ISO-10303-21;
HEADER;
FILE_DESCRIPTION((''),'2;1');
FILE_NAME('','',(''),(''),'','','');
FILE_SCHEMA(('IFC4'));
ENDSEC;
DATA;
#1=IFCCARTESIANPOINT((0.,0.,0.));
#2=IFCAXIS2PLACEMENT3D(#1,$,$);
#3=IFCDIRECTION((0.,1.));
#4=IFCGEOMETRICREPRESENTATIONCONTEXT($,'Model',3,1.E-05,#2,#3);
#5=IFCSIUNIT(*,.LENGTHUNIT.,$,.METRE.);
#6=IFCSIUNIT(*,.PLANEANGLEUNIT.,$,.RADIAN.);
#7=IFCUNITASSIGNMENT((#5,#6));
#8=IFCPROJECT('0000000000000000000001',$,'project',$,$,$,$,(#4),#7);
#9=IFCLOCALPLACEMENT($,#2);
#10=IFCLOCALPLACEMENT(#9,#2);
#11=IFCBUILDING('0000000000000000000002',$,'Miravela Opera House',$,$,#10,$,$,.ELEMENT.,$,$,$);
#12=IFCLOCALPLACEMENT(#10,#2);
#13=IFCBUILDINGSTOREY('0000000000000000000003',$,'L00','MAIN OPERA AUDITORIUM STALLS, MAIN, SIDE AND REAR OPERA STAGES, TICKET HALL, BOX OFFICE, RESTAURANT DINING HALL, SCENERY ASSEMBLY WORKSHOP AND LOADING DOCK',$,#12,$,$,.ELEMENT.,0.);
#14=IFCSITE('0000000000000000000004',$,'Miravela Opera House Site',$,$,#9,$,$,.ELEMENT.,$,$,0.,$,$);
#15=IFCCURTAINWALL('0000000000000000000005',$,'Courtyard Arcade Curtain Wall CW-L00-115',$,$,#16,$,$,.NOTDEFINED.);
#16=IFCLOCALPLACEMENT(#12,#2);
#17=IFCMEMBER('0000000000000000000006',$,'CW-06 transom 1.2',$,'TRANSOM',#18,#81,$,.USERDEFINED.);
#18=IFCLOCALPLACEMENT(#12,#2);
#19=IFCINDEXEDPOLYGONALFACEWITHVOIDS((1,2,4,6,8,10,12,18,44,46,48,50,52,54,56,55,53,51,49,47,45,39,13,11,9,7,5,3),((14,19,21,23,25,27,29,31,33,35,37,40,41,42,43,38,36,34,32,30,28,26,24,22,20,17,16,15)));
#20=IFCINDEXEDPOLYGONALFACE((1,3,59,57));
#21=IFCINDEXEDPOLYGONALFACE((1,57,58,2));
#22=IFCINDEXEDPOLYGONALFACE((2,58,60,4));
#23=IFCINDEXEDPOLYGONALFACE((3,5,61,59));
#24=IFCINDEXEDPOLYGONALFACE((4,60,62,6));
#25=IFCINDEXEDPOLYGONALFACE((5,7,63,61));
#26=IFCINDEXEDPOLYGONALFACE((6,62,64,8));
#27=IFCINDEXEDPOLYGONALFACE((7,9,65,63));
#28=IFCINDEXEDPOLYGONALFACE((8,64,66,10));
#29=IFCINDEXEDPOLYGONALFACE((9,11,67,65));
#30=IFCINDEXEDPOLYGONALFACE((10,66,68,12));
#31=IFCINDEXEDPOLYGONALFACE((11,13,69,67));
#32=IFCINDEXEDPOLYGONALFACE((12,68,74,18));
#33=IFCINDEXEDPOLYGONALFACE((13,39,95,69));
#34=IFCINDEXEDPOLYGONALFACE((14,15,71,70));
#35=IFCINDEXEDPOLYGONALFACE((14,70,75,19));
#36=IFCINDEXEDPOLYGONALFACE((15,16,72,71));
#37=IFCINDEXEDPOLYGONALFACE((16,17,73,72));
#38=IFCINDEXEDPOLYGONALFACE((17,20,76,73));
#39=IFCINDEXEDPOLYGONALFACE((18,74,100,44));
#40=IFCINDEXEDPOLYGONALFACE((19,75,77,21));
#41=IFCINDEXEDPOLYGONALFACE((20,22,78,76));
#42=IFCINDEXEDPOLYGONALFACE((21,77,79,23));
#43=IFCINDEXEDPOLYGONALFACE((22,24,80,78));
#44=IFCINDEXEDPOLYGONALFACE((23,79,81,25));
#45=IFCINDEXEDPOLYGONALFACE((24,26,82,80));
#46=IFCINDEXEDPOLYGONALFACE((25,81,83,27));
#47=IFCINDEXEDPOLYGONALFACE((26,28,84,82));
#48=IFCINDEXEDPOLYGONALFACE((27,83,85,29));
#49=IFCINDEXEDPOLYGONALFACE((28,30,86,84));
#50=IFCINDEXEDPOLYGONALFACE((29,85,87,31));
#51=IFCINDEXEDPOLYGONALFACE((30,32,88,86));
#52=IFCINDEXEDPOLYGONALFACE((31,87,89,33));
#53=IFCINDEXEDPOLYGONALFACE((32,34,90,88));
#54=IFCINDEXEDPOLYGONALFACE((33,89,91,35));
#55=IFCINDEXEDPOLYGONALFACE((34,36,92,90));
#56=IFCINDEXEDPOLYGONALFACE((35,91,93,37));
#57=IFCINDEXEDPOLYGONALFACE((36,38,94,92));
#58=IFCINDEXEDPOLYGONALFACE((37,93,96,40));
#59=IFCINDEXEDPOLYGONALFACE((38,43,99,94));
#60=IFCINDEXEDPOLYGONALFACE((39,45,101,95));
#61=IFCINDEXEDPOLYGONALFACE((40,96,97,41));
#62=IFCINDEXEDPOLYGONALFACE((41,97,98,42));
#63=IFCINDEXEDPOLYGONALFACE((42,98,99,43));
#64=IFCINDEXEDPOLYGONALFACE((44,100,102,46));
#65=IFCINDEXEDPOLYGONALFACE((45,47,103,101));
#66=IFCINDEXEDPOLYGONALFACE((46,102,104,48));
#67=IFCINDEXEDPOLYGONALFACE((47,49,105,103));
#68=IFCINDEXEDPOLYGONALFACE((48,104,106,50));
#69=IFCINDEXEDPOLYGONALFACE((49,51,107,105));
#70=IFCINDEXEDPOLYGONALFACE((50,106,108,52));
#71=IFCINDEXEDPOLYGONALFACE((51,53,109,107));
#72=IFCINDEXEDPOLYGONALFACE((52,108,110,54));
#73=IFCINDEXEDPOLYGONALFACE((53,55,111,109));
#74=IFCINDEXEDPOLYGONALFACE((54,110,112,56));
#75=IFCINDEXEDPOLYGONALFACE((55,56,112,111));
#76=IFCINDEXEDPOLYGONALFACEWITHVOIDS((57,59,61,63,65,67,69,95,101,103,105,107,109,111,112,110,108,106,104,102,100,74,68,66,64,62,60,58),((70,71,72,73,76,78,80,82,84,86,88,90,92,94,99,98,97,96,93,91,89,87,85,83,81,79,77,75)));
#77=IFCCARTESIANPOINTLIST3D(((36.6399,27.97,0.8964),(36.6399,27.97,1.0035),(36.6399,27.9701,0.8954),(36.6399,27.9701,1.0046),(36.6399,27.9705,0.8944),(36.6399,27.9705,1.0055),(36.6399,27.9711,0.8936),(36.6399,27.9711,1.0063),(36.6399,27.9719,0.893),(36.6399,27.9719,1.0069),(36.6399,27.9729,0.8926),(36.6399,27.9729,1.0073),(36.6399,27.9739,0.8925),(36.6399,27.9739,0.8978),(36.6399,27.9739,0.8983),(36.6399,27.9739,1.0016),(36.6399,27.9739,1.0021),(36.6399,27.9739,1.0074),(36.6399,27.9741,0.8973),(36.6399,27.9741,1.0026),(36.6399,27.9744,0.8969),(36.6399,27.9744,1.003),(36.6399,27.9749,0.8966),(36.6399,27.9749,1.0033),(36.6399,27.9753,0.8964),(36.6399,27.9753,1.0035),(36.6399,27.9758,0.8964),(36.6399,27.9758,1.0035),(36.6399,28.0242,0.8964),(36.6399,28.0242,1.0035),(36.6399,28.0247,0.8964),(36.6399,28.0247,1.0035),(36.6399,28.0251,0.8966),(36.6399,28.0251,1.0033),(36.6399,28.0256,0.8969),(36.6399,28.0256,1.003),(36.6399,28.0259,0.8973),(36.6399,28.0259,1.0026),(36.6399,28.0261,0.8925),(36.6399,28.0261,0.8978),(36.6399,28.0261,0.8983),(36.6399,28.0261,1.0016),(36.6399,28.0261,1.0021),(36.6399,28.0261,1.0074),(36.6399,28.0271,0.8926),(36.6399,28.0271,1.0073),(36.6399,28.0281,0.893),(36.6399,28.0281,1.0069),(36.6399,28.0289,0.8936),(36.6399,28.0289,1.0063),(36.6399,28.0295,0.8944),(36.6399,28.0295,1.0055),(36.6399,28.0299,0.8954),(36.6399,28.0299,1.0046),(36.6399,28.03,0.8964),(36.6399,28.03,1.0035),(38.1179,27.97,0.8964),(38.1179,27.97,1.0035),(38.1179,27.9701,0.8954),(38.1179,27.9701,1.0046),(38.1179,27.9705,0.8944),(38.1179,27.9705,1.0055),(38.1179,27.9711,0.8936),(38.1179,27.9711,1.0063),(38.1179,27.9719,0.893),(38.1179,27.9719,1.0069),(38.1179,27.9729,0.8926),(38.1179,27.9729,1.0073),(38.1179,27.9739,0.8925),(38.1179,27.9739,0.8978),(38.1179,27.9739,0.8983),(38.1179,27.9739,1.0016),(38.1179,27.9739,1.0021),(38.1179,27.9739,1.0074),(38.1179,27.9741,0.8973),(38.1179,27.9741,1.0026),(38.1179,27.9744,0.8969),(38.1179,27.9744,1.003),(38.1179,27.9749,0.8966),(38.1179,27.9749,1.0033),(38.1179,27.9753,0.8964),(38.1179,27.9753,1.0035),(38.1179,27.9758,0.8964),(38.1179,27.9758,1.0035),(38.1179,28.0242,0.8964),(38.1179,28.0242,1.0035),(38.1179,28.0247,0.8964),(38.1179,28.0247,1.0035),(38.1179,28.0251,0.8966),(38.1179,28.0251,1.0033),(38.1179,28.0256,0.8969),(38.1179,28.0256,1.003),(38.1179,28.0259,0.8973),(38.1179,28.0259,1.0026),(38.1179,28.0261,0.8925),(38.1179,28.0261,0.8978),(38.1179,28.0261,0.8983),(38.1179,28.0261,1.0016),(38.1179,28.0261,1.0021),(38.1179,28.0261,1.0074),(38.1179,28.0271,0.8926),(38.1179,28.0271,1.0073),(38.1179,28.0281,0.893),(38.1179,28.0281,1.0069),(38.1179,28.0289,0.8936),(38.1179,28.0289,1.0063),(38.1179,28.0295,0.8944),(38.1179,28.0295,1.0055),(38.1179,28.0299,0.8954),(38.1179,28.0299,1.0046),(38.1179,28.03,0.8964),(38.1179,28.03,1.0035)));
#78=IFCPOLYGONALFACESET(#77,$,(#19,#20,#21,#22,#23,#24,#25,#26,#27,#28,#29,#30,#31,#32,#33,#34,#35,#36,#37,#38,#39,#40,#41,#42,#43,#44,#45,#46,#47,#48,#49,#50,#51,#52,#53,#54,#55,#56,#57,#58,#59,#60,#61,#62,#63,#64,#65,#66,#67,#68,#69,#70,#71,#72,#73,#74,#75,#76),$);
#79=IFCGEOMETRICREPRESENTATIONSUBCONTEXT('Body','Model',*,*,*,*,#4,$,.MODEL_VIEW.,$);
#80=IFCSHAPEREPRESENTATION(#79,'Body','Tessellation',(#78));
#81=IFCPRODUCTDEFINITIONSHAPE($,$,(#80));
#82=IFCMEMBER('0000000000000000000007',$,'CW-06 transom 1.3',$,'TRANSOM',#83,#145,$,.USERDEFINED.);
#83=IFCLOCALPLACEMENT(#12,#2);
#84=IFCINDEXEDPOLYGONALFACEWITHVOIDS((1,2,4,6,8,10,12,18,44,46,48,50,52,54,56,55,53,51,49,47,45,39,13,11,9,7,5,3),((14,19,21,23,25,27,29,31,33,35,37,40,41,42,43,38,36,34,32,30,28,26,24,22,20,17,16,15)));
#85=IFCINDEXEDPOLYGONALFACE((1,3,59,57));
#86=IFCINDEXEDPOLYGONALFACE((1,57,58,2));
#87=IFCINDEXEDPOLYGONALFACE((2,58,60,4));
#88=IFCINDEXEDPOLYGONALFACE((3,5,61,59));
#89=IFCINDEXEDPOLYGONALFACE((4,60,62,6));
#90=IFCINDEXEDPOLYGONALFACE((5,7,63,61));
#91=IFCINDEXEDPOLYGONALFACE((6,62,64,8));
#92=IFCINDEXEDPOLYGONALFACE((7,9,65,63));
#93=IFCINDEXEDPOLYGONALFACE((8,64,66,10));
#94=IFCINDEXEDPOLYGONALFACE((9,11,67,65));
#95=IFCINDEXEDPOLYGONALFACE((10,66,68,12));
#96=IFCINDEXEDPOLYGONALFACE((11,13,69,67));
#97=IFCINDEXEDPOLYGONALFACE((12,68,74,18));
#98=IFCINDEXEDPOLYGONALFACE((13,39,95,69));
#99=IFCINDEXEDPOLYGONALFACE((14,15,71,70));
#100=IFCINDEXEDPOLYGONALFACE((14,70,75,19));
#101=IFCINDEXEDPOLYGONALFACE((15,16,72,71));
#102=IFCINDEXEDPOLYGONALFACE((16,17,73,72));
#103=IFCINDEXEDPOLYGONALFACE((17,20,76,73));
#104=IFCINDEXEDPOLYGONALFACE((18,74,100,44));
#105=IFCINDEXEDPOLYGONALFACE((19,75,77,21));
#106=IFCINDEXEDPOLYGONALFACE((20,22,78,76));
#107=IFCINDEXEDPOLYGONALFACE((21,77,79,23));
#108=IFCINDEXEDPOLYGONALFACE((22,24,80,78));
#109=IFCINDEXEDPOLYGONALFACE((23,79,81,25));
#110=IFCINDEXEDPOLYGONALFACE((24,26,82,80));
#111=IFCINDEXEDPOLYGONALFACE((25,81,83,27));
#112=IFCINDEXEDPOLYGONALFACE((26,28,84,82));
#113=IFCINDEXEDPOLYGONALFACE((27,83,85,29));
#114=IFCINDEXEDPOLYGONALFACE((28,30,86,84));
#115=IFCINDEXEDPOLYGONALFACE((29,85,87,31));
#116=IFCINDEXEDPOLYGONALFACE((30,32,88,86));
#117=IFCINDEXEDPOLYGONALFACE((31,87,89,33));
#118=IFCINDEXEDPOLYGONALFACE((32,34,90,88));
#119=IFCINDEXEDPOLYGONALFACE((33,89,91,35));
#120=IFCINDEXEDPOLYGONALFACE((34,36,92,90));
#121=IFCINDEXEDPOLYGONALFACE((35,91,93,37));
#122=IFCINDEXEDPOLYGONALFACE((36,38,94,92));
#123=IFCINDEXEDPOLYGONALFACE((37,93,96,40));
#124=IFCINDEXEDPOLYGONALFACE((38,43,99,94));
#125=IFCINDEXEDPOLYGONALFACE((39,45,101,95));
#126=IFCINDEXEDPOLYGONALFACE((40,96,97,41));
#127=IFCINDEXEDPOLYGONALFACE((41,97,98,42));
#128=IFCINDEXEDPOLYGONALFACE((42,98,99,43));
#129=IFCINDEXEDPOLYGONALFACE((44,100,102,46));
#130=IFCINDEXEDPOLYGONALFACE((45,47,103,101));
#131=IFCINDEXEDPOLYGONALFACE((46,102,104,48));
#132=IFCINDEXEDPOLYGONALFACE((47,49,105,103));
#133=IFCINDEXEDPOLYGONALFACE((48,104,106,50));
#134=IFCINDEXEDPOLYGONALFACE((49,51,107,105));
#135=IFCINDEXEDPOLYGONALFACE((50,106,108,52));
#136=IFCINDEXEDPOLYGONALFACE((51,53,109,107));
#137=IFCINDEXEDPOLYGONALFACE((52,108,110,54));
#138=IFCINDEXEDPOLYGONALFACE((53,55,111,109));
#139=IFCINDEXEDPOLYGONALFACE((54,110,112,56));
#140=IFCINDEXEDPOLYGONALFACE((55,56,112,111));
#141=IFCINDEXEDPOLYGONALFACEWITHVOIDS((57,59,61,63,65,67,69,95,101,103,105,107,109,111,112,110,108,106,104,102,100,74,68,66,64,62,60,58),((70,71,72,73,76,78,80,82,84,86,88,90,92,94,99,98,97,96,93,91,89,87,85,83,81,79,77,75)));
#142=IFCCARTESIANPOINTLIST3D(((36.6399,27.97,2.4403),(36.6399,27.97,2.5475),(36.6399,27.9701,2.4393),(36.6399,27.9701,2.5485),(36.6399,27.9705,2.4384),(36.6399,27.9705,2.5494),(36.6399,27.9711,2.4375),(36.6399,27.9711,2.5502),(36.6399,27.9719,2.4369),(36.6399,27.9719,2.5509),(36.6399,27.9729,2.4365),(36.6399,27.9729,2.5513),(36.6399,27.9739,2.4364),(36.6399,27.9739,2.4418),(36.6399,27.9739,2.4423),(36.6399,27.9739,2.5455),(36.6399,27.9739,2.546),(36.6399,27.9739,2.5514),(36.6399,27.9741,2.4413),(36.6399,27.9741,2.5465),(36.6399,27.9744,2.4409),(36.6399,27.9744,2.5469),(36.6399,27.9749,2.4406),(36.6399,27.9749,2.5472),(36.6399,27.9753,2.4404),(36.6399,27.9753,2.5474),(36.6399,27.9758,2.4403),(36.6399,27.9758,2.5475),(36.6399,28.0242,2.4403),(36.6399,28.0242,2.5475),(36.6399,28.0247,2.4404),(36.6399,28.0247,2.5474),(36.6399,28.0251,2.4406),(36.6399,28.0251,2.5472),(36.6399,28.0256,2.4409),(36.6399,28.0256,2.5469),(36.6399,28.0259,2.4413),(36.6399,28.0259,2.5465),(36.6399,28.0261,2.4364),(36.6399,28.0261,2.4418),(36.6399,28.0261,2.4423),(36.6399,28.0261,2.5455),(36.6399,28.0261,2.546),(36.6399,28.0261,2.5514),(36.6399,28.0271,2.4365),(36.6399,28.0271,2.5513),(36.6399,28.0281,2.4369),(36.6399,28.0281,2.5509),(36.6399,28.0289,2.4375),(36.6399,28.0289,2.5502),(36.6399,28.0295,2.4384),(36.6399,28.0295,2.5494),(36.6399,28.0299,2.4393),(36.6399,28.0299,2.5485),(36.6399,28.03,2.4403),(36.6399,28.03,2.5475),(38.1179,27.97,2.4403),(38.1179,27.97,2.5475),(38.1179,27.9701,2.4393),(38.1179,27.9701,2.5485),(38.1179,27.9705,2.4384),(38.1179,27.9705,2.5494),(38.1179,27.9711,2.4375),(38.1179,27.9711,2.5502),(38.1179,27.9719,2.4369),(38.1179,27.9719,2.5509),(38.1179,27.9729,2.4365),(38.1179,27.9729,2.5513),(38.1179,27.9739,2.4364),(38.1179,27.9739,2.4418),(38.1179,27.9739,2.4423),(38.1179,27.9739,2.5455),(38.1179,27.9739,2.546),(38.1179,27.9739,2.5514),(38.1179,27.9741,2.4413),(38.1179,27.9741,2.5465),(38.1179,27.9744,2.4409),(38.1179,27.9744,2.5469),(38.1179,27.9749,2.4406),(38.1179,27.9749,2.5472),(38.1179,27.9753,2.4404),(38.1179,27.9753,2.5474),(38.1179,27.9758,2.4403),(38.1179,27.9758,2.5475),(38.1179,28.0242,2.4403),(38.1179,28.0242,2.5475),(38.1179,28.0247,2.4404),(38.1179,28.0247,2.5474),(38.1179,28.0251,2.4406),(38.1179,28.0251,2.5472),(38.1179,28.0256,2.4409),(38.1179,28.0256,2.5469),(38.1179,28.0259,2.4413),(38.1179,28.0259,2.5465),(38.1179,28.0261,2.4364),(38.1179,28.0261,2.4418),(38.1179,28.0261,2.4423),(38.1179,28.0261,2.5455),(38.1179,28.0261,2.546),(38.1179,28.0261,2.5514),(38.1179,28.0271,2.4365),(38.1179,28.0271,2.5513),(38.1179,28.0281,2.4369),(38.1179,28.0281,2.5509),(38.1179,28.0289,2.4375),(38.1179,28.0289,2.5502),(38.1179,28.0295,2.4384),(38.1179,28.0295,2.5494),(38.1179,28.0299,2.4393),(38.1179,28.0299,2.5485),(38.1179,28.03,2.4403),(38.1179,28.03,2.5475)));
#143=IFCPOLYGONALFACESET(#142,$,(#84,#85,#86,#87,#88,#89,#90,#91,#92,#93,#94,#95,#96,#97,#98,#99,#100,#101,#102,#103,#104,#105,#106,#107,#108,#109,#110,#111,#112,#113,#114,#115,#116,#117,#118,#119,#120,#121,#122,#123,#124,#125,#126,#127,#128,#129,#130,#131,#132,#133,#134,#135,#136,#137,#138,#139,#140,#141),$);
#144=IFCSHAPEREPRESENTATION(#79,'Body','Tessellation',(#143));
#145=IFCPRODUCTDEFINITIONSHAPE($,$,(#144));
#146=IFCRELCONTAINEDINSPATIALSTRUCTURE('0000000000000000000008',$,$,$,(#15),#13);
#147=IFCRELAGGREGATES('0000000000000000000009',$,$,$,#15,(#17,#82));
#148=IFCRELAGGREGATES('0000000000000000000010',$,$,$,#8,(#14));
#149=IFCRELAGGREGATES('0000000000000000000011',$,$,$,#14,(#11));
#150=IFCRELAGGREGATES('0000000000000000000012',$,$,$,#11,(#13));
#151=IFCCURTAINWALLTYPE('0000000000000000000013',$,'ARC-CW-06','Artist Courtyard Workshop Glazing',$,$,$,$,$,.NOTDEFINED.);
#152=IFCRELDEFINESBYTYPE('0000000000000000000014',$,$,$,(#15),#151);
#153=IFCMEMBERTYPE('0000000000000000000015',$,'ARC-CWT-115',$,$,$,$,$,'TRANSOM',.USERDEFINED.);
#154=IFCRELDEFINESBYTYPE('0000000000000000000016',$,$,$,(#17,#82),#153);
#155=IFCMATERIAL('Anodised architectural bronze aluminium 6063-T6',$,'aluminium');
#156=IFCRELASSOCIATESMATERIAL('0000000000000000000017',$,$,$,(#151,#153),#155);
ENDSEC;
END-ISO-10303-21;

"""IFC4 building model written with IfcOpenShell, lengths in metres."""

from ifc_helpers import new_model, si_unit, direction, frame, origin, origin_2d, place, context, subcontext, project, spatial, hollow_rectangle, extrude, material, material_profile, profile_set, type_object, element, aggregate, save


model = new_model("IFC4")

# Units and contexts
model_context = context("Model", 3, precision=1e-05, world=origin(), true_north=direction((0.0, 1.0)))
body_context = subcontext(model_context, "Body", "Model", "MODEL_VIEW")
ifc_project = project(units=[si_unit("LENGTHUNIT", "METRE"), si_unit("PLANEANGLEUNIT", "RADIAN")], contexts=[model_context])

# Site, building, storey
site_placement = place(None, origin())
site = spatial("IfcSite", under=ifc_project, at=site_placement, Name="Miravela Opera House Site", CompositionType="ELEMENT", RefElevation=0.0)
building_placement = place(site_placement, origin())
building = spatial("IfcBuilding", under=site, at=building_placement, Name="Miravela Opera House", CompositionType="ELEMENT")
storey_placement = place(building_placement, origin())
storey = spatial("IfcBuildingStorey", under=building, at=storey_placement, Name="L00", Description="MAIN OPERA AUDITORIUM STALLS, MAIN, SIDE AND REAR OPERA STAGES, TICKET HALL, BOX OFFICE, RESTAURANT DINING HALL, SCENERY ASSEMBLY WORKSHOP AND LOADING DOCK", CompositionType="ELEMENT", Elevation=0.0)

# Curtain wall, members
ifc_material_1 = material(Name="Anodised architectural bronze aluminium 6063-T6", Category="aluminium")
curtain_wall_type = type_object("IfcCurtainWallType", Name="ARC-CW-06", Description="Artist Courtyard Workshop Glazing", PredefinedType="NOTDEFINED", material=ifc_material_1)
curtain_wall_placement = place(storey_placement, origin())
curtain_wall = element("IfcCurtainWall", 1, at=curtain_wall_placement, inside=storey, type_object=curtain_wall_type, Name="Courtyard Arcade Curtain Wall CW-L00-115", PredefinedType="NOTDEFINED")
ifc_material_profile_1 = material_profile(ifc_material_1, hollow_rectangle(XDim=0.0601, YDim=0.115, WallThickness=0.0039, InnerFilletRadius=0.002, OuterFilletRadius=0.0039, at=origin_2d()), Name="CWT-60X115")
ifc_profile_set_1 = profile_set([ifc_material_profile_1])
member_type_1 = type_object("IfcMemberType", Name="ARC-CWT-115", ElementType="TRANSOM", PredefinedType="USERDEFINED", material=ifc_profile_set_1)
member_1_placement = place(storey_placement, frame((36.6399, 28.0, 0.95), z_axis=(1.0, 0.0, 0.0), x_axis=(0.0, 1.0, 0.0)))
member_1 = element("IfcMember", 2, at=member_1_placement, type_object=member_type_1, Name="CW-06 transom 1.2", ObjectType="TRANSOM", PredefinedType="USERDEFINED", context=body_context, shape_type="SweptSolid", body=[
    extrude(hollow_rectangle(XDim=0.0601, YDim=0.115, WallThickness=0.0039, InnerFilletRadius=0.002, OuterFilletRadius=0.0039, at=origin_2d()), origin(), (0.0, 0.0, 1.0), 1.478),
])
member_2_placement = place(storey_placement, frame((36.6399, 28.0, 2.4939), z_axis=(1.0, 0.0, 0.0), x_axis=(0.0, 1.0, 0.0)))
member_2 = element("IfcMember", 3, at=member_2_placement, type_object=member_type_1, Name="CW-06 transom 1.3", ObjectType="TRANSOM", PredefinedType="USERDEFINED", context=body_context, shape_type="SweptSolid", body=[
    extrude(hollow_rectangle(XDim=0.0601, YDim=0.115, WallThickness=0.0039, InnerFilletRadius=0.002, OuterFilletRadius=0.0039, at=origin_2d()), origin(), (0.0, 0.0, 1.0), 1.478),
])

aggregate(curtain_wall, [member_1, member_2])

save(model, "model.ifc")
